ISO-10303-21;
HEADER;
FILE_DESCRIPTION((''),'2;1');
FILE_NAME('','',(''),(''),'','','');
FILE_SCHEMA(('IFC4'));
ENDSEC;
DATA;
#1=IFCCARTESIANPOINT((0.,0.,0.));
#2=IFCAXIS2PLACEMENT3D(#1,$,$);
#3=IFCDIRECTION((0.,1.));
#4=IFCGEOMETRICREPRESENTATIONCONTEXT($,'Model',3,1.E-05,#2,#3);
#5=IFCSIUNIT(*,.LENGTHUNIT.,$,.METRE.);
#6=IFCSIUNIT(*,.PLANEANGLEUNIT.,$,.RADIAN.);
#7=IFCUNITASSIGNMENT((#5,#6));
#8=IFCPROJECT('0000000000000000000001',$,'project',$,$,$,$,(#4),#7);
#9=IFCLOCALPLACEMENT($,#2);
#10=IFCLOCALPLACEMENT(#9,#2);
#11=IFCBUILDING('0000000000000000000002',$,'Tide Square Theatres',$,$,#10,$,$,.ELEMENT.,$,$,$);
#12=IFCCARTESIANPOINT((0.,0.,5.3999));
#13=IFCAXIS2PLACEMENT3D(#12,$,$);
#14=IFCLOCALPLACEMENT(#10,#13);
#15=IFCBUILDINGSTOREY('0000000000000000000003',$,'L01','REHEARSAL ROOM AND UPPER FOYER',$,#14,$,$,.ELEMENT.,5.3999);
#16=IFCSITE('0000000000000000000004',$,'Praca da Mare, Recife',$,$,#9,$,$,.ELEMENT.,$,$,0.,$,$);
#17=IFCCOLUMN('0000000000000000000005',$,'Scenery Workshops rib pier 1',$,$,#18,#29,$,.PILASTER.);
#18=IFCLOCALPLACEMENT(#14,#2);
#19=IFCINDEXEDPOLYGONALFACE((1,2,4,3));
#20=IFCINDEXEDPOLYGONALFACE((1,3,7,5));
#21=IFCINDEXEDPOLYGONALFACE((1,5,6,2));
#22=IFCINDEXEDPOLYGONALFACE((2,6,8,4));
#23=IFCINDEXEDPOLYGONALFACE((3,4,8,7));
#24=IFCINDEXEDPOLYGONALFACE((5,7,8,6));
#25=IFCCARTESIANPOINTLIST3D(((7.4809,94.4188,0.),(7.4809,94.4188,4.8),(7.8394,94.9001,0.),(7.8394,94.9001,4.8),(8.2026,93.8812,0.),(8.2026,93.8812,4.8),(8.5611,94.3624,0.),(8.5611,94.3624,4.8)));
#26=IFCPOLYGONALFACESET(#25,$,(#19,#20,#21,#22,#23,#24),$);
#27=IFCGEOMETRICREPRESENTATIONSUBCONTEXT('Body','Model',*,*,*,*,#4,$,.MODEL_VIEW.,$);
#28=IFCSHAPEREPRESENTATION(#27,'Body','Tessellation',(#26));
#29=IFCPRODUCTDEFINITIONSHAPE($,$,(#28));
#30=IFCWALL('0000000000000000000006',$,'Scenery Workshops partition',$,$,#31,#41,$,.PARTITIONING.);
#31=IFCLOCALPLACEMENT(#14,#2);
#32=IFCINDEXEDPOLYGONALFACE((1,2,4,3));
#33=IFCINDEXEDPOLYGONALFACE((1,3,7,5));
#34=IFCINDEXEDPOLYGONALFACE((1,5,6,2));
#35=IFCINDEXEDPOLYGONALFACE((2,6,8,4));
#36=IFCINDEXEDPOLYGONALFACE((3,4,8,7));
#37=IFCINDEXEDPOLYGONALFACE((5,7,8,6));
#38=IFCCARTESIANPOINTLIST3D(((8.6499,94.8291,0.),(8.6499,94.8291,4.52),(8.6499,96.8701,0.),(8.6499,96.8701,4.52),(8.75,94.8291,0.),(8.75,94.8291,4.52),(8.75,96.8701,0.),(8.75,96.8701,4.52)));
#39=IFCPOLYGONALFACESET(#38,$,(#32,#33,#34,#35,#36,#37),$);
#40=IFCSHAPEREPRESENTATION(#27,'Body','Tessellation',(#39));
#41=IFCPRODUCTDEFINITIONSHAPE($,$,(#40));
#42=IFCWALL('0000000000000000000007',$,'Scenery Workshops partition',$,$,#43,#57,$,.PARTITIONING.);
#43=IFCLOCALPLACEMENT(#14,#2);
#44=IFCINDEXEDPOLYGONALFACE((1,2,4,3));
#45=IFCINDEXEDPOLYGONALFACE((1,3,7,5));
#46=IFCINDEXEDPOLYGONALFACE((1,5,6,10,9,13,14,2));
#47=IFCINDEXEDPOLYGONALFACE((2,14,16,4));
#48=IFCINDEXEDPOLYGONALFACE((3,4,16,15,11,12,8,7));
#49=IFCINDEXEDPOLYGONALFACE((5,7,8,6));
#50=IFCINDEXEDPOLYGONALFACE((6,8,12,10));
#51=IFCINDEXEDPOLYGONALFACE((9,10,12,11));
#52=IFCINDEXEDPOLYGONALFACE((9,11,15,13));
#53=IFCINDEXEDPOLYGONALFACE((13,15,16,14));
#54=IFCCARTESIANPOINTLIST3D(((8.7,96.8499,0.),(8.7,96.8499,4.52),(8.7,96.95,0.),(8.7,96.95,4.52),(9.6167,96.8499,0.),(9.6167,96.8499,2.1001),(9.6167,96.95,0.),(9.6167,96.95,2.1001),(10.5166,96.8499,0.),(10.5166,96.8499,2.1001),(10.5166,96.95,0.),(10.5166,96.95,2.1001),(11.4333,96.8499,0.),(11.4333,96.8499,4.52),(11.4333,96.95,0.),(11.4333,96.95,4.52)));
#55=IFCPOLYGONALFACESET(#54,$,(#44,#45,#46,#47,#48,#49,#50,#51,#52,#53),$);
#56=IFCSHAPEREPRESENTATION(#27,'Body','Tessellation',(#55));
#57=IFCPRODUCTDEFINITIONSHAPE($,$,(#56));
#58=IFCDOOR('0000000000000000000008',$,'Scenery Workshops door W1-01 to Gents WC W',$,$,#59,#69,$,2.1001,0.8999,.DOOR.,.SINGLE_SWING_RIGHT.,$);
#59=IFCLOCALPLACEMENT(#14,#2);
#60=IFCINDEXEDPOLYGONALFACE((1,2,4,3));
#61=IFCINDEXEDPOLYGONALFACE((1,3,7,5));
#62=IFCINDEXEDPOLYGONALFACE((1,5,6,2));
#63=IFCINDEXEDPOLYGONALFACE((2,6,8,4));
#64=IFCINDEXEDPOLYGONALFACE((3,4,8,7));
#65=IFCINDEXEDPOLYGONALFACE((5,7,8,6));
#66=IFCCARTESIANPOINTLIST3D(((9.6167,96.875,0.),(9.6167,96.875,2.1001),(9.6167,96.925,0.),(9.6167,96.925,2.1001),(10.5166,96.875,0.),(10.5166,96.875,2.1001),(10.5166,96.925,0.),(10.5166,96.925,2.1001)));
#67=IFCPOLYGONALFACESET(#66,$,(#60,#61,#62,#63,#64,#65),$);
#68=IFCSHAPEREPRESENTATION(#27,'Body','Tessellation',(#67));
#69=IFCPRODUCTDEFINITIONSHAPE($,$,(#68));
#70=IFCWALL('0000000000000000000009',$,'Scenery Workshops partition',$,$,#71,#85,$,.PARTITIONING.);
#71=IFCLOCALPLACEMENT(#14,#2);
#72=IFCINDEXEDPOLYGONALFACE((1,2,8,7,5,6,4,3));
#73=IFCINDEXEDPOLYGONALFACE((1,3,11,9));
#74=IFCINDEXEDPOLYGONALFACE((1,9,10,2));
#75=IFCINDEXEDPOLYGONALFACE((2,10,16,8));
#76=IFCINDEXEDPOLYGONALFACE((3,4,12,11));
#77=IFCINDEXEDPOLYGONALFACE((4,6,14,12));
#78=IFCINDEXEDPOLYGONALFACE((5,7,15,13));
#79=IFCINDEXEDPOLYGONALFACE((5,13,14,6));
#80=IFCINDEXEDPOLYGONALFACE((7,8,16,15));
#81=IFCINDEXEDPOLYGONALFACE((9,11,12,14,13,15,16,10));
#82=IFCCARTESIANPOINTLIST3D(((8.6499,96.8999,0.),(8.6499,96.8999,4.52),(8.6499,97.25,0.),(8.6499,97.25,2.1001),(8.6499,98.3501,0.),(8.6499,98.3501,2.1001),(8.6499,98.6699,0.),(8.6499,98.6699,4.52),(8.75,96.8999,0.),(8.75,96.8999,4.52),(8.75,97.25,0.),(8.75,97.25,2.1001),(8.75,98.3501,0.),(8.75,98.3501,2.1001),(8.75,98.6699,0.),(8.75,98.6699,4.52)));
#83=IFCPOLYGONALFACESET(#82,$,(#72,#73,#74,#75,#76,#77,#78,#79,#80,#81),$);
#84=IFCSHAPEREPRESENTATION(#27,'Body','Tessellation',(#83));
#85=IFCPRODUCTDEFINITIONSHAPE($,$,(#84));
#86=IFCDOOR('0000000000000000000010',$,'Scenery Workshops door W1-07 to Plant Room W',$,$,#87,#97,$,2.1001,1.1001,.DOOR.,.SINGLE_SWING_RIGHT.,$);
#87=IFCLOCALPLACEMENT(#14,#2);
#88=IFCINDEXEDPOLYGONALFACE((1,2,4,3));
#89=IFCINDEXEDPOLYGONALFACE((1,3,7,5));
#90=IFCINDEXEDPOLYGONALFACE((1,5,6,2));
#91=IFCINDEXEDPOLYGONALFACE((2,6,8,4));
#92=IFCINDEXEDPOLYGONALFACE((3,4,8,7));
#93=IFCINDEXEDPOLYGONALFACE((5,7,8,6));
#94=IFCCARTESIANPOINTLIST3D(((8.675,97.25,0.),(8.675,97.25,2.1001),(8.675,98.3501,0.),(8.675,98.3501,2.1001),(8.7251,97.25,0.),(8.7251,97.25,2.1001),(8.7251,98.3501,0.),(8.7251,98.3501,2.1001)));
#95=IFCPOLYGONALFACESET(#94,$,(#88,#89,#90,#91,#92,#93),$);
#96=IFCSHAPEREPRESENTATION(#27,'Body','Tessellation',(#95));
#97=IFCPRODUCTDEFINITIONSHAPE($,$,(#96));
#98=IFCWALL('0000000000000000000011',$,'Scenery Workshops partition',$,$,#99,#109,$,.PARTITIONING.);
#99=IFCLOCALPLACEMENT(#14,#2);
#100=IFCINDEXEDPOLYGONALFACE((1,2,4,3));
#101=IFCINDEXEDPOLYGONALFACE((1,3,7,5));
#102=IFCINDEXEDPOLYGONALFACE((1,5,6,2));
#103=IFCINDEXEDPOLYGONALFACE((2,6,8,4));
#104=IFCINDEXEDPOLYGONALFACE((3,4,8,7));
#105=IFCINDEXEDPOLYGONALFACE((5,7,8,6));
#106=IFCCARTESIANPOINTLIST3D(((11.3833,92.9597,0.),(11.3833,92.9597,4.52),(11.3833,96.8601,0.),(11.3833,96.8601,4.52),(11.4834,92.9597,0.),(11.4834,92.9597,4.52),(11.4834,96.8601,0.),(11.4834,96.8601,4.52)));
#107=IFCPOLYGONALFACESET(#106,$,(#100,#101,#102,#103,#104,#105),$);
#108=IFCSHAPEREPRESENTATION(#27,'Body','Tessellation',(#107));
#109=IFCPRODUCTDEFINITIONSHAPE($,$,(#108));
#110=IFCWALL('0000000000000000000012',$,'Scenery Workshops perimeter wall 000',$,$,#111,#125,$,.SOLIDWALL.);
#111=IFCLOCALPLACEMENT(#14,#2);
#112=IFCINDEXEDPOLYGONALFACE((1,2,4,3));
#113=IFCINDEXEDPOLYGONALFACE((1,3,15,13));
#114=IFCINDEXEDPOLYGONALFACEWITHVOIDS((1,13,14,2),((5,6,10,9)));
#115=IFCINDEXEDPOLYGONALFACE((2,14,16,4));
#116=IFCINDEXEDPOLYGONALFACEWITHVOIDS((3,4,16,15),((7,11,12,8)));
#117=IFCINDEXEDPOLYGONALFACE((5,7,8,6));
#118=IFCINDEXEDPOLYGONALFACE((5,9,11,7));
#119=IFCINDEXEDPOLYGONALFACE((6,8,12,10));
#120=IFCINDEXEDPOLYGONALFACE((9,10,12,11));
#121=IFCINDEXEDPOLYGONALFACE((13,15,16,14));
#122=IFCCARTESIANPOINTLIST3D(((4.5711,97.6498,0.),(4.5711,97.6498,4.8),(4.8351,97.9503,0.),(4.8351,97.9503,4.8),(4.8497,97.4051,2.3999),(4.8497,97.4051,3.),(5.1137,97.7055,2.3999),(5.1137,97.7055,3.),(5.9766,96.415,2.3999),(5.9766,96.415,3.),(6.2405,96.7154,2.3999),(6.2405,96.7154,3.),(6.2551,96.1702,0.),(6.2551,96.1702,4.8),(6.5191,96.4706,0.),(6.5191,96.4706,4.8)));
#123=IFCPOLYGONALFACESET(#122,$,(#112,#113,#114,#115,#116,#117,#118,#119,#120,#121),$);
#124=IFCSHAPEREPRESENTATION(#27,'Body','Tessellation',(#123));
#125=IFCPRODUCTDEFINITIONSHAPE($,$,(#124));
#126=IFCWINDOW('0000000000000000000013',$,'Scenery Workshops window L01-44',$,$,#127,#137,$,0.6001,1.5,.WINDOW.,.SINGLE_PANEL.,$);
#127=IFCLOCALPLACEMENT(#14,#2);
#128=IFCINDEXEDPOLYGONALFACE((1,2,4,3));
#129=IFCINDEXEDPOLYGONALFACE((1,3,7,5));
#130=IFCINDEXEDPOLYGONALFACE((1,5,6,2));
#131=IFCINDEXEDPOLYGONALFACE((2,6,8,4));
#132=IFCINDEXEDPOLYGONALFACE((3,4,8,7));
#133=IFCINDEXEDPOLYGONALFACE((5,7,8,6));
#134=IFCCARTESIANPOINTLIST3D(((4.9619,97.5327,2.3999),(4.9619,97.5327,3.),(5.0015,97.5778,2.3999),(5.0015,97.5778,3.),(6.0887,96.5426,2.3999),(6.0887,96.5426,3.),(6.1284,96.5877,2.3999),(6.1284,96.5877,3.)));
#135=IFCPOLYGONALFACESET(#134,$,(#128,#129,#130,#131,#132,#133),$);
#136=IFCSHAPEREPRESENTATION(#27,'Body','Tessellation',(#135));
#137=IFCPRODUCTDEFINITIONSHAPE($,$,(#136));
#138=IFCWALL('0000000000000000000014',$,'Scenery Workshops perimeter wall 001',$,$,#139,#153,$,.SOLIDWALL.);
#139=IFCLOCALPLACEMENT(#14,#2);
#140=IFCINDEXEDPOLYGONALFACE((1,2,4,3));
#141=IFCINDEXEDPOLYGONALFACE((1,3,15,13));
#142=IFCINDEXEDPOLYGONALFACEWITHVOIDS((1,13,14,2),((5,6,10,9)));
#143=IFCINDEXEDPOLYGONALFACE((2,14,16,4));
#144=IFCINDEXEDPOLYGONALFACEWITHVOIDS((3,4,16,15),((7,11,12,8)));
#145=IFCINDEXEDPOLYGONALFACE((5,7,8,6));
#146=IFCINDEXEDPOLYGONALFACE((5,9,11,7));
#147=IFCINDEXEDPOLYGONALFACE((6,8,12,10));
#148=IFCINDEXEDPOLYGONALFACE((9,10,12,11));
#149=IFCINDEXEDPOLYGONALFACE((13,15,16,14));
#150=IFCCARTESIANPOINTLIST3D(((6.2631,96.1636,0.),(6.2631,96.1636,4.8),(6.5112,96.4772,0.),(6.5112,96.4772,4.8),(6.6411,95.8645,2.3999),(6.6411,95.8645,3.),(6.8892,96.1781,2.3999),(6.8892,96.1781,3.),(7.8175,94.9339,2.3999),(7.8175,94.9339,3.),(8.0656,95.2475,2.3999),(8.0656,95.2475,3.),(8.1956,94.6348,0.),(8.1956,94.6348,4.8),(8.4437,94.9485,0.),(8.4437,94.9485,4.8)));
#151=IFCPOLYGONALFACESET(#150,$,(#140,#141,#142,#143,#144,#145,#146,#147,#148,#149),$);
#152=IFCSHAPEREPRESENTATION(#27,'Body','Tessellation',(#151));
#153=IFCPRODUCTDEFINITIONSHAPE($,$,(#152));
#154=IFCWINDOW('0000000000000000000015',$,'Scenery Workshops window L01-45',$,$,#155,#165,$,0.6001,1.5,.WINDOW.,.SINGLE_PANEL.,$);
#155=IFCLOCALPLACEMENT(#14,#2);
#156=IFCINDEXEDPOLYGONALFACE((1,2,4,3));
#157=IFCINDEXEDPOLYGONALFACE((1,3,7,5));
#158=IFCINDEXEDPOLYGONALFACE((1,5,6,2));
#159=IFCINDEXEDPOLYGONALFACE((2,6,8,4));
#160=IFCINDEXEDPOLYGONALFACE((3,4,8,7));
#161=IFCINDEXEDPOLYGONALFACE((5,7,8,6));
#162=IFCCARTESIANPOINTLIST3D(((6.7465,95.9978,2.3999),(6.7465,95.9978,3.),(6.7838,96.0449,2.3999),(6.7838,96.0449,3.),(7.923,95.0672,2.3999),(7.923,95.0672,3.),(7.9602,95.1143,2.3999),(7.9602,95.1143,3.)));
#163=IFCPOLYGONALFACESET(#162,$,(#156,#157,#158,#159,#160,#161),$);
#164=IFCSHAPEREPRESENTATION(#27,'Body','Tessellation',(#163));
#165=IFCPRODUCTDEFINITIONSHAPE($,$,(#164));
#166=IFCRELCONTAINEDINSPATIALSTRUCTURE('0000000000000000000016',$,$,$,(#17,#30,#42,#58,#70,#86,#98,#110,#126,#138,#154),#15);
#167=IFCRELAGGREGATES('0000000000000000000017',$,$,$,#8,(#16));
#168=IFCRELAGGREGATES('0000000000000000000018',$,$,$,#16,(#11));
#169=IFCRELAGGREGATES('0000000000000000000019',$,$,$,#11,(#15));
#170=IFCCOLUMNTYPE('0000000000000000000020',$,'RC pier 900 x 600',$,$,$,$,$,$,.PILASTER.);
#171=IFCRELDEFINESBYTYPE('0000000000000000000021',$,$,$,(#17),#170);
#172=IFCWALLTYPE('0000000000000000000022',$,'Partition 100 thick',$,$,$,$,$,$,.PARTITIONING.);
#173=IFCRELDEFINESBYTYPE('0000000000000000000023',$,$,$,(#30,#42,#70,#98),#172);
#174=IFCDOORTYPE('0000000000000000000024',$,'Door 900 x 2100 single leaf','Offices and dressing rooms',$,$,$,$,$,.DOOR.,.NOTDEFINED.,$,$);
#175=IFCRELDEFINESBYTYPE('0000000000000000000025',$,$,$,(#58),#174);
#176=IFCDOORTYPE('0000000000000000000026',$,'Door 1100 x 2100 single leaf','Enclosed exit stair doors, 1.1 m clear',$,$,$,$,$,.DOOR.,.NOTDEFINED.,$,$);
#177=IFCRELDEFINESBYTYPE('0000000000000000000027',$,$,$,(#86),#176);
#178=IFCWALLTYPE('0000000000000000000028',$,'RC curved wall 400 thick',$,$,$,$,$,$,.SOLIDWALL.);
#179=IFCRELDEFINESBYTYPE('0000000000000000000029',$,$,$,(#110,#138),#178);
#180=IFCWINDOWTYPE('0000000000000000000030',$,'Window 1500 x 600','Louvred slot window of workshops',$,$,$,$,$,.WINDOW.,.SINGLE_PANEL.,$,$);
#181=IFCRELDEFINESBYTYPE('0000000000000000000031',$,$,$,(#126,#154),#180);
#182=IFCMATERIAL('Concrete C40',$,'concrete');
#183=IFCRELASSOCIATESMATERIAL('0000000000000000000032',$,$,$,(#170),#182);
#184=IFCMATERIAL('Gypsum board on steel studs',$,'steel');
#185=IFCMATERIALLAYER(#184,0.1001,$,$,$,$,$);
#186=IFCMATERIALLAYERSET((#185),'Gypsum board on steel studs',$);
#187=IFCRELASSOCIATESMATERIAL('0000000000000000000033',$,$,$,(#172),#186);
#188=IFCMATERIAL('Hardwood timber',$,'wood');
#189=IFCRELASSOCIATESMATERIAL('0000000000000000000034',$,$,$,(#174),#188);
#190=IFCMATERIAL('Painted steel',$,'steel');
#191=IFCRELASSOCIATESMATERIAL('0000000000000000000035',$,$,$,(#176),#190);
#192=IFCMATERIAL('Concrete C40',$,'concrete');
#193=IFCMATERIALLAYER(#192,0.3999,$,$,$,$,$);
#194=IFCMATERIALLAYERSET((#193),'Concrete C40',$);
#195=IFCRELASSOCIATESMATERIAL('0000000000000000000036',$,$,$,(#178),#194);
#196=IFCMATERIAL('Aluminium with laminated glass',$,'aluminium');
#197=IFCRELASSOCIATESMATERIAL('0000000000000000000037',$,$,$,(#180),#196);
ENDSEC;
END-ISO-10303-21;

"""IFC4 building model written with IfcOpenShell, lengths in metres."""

from ifc_helpers import new_model, si_unit, direction, frame, frame_2d, origin, origin_2d, place, context, subcontext, project, spatial, rectangle, extrude, material, layer, layer_set, material_profile, profile_set, type_object, element, fill, save


model = new_model("IFC4")

# Units and contexts
model_context = context("Model", 3, precision=1e-05, world=origin(), true_north=direction((0.0, 1.0)))
body_context = subcontext(model_context, "Body", "Model", "MODEL_VIEW")
ifc_project = project(units=[si_unit("LENGTHUNIT", "METRE"), si_unit("PLANEANGLEUNIT", "RADIAN")], contexts=[model_context])

# Site, building, storey
site_placement = place(None, origin())
site = spatial("IfcSite", under=ifc_project, at=site_placement, Name="Praca da Mare, Recife", CompositionType="ELEMENT", RefElevation=0.0)
building_placement = place(site_placement, origin())
building = spatial("IfcBuilding", under=site, at=building_placement, Name="Tide Square Theatres", CompositionType="ELEMENT")
storey_placement = place(building_placement, frame((0.0, 0.0, 5.3999)))
storey = spatial("IfcBuildingStorey", under=building, at=storey_placement, Name="L01", Description="REHEARSAL ROOM AND UPPER FOYER", CompositionType="ELEMENT", Elevation=5.3999)

# Column
ifc_material_1 = material(Name="Concrete C40", Category="concrete")
ifc_material_profile = material_profile(ifc_material_1, rectangle(XDim=0.8999, YDim=0.6001, at=origin_2d()))
ifc_profile_set = profile_set([ifc_material_profile], Name="Concrete C40")
column_type = type_object("IfcColumnType", Name="RC pier 900 x 600", PredefinedType="PILASTER", material=ifc_profile_set)
column_placement = place(storey_placement, frame((8.021, 94.3906, 0.0), z_axis=(0.0, 0.0, 1.0), x_axis=(0.801928, -0.597421, 0.0)))
element("IfcColumn", 1, at=column_placement, inside=storey, type_object=column_type, Name="Scenery Workshops rib pier 1", PredefinedType="PILASTER", context=body_context, shape_type="SweptSolid", body=[
    extrude(rectangle(XDim=0.8999, YDim=0.6001, at=origin_2d()), origin(), (0.0, 0.0, 1.0), 4.8),
])

# Wall
ifc_material_2 = material(Name="Gypsum board on steel studs", Category="steel")
ifc_layer_1 = layer(ifc_material_2, 0.1001)
ifc_layer_set_1 = layer_set([ifc_layer_1], Name="Gypsum board on steel studs")
wall_type_1 = type_object("IfcWallType", Name="Partition 100 thick", PredefinedType="PARTITIONING", material=ifc_layer_set_1)
wall_1_placement = place(storey_placement, frame((8.7, 94.8291, 0.0), z_axis=(0.0, 0.0, 1.0), x_axis=(0.0, 1.0, 0.0)))
element("IfcWall", 2, at=wall_1_placement, inside=storey, type_object=wall_type_1, Name="Scenery Workshops partition", PredefinedType="PARTITIONING", context=body_context, shape_type="SweptSolid", body=[
    extrude(rectangle(XDim=2.041, YDim=0.1001, at=frame_2d((1.0205, 0.0))), origin(), (0.0, 0.0, 1.0), 4.52),
])

# Walls, openings, doors
wall_2_placement = place(storey_placement, frame((11.4333, 96.8999, 0.0), z_axis=(0.0, 0.0, 1.0), x_axis=(-1.0, 0.0, 0.0)))
wall_2 = element("IfcWall", 3, at=wall_2_placement, inside=storey, type_object=wall_type_1, Name="Scenery Workshops partition", PredefinedType="PARTITIONING", context=body_context, shape_type="SweptSolid", body=[
    extrude(rectangle(XDim=2.7334, YDim=0.1001, at=frame_2d((1.3667, 0.0))), origin(), (0.0, 0.0, 1.0), 4.52),
])
opening_1_placement = place(wall_2_placement, frame((0.9167, 0.0, 0.0)))
opening_1 = element("IfcOpeningElement", 4, at=opening_1_placement, cuts=wall_2, PredefinedType="OPENING", context=body_context, shape_type="SweptSolid", body=[
    extrude(rectangle(XDim=0.8999, YDim=2.1001, at=frame_2d((0.45, 1.05))), frame((0.0, 0.0601, 0.0), z_axis=(0.0, -1.0, 0.0), x_axis=(1.0, 0.0, 0.0)), (0.0, 0.0, 1.0), 0.1201),
])
ifc_material_3 = material(Name="Hardwood timber", Category="wood")
door_type_1 = type_object("IfcDoorType", Name="Door 900 x 2100 single leaf", Description="Offices and dressing rooms", OperationType="NOTDEFINED", PredefinedType="DOOR", material=ifc_material_3)
door_1_placement = place(opening_1_placement, origin())
door_1 = element("IfcDoor", 5, at=door_1_placement, inside=storey, type_object=door_type_1, Name="Scenery Workshops door W1-01 to Gents WC W", OperationType="SINGLE_SWING_RIGHT", OverallHeight=2.1001, OverallWidth=0.8999, PredefinedType="DOOR", context=body_context, shape_type="SweptSolid", body=[
    extrude(rectangle(XDim=0.8999, YDim=2.1001, at=frame_2d((0.45, 1.05))), frame((0.0, 0.0249, 0.0), z_axis=(0.0, -1.0, 0.0), x_axis=(1.0, 0.0, 0.0)), (0.0, 0.0, 1.0), 0.05),
])
fill(opening_1, door_1)
wall_3_placement = place(storey_placement, frame((8.7, 96.8999, 0.0), z_axis=(0.0, 0.0, 1.0), x_axis=(0.0, 1.0, 0.0)))
wall_3 = element("IfcWall", 6, at=wall_3_placement, inside=storey, type_object=wall_type_1, Name="Scenery Workshops partition", PredefinedType="PARTITIONING", context=body_context, shape_type="SweptSolid", body=[
    extrude(rectangle(XDim=1.77, YDim=0.1001, at=frame_2d((0.885, 0.0))), origin(), (0.0, 0.0, 1.0), 4.52),
])
opening_2_placement = place(wall_3_placement, frame((0.3501, 0.0, 0.0)))
opening_2 = element("IfcOpeningElement", 7, at=opening_2_placement, cuts=wall_3, PredefinedType="OPENING", context=body_context, shape_type="SweptSolid", body=[
    extrude(rectangle(XDim=1.1001, YDim=2.1001, at=frame_2d((0.55, 1.05))), frame((0.0, 0.0601, 0.0), z_axis=(0.0, -1.0, 0.0), x_axis=(1.0, 0.0, 0.0)), (0.0, 0.0, 1.0), 0.1201),
])
ifc_material_4 = material(Name="Painted steel", Category="steel")
door_type_2 = type_object("IfcDoorType", Name="Door 1100 x 2100 single leaf", Description="Enclosed exit stair doors, 1.1 m clear", OperationType="NOTDEFINED", PredefinedType="DOOR", material=ifc_material_4)
door_2_placement = place(opening_2_placement, origin())
door_2 = element("IfcDoor", 8, at=door_2_placement, inside=storey, type_object=door_type_2, Name="Scenery Workshops door W1-07 to Plant Room W", OperationType="SINGLE_SWING_RIGHT", OverallHeight=2.1001, OverallWidth=1.1001, PredefinedType="DOOR", context=body_context, shape_type="SweptSolid", body=[
    extrude(rectangle(XDim=1.1001, YDim=2.1001, at=frame_2d((0.55, 1.05))), frame((0.0, 0.0249, 0.0), z_axis=(0.0, -1.0, 0.0), x_axis=(1.0, 0.0, 0.0)), (0.0, 0.0, 1.0), 0.05),
])
fill(opening_2, door_2)

# Wall
wall_4_placement = place(storey_placement, frame((11.4333, 96.8601, 0.0), z_axis=(0.0, 0.0, 1.0), x_axis=(0.0, -1.0, 0.0)))
element("IfcWall", 9, at=wall_4_placement, inside=storey, type_object=wall_type_1, Name="Scenery Workshops partition", PredefinedType="PARTITIONING", context=body_context, shape_type="SweptSolid", body=[
    extrude(rectangle(XDim=3.9004, YDim=0.1001, at=frame_2d((1.9502, 0.0))), origin(), (0.0, 0.0, 1.0), 4.52),
])

# Walls, openings, windows
ifc_material_5 = material(Name="Concrete C40", Category="concrete")
ifc_layer_2 = layer(ifc_material_5, 0.3999)
ifc_layer_set_2 = layer_set([ifc_layer_2], Name="Concrete C40")
wall_type_2 = type_object("IfcWallType", Name="RC curved wall 400 thick", PredefinedType="SOLIDWALL", material=ifc_layer_set_2)
wall_5_placement = place(storey_placement, frame((4.7031, 97.8, 0.0), z_axis=(0.0, 0.0, 1.0), x_axis=(0.751212, -0.660061, 0.0)))
wall_5 = element("IfcWall", 10, at=wall_5_placement, inside=storey, type_object=wall_type_2, Name="Scenery Workshops perimeter wall 000", PredefinedType="SOLIDWALL", context=body_context, shape_type="SweptSolid", body=[
    extrude(rectangle(XDim=2.2417, YDim=0.3999, at=frame_2d((1.1208, 0.0))), origin(), (0.0, 0.0, 1.0), 4.8),
])
opening_3_placement = place(wall_5_placement, frame((0.3708, 0.0, 2.3999)))
opening_3 = element("IfcOpeningElement", 11, at=opening_3_placement, cuts=wall_5, PredefinedType="OPENING", context=body_context, shape_type="SweptSolid", body=[
    extrude(rectangle(XDim=1.5, YDim=0.6001, at=frame_2d((0.75, 0.3))), frame((0.0, 0.21, 0.0), z_axis=(0.0, -1.0, 0.0), x_axis=(1.0, 0.0, 0.0)), (0.0, 0.0, 1.0), 0.4199),
])
ifc_material_6 = material(Name="Aluminium with laminated glass", Category="aluminium")
window_type_1 = type_object("IfcWindowType", Name="Window 1500 x 600", Description="Louvred slot window of workshops", PartitioningType="SINGLE_PANEL", PredefinedType="WINDOW", material=ifc_material_6)
window_1_placement = place(opening_3_placement, origin())
window_1 = element("IfcWindow", 12, at=window_1_placement, inside=storey, type_object=window_type_1, Name="Scenery Workshops window L01-44", OverallHeight=0.6001, OverallWidth=1.5, PartitioningType="SINGLE_PANEL", PredefinedType="WINDOW", context=body_context, shape_type="SweptSolid", body=[
    extrude(rectangle(XDim=1.5, YDim=0.6001, at=frame_2d((0.75, 0.3))), frame((0.0, 0.03, 0.0), z_axis=(0.0, -1.0, 0.0), x_axis=(1.0, 0.0, 0.0)), (0.0, 0.0, 1.0), 0.0601),
])
fill(opening_3, window_1)
wall_6_placement = place(storey_placement, frame((6.3872, 96.3203, 0.0), z_axis=(0.0, 0.0, 1.0), x_axis=(0.784279, -0.620409, 0.0)))
wall_6 = element("IfcWall", 13, at=wall_6_placement, inside=storey, type_object=wall_type_2, Name="Scenery Workshops perimeter wall 001", PredefinedType="SOLIDWALL", context=body_context, shape_type="SweptSolid", body=[
    extrude(rectangle(XDim=2.4641, YDim=0.3999, at=frame_2d((1.2319, 0.0))), origin(), (0.0, 0.0, 1.0), 4.8),
])
opening_4_placement = place(wall_6_placement, frame((0.4819, 0.0, 2.3999)))
opening_4 = element("IfcOpeningElement", 14, at=opening_4_placement, cuts=wall_6, PredefinedType="OPENING", context=body_context, shape_type="SweptSolid", body=[
    extrude(rectangle(XDim=1.5, YDim=0.6001, at=frame_2d((0.75, 0.3))), frame((0.0, 0.21, 0.0), z_axis=(0.0, -1.0, 0.0), x_axis=(1.0, 0.0, 0.0)), (0.0, 0.0, 1.0), 0.4199),
])
window_2_placement = place(opening_4_placement, origin())
window_2 = element("IfcWindow", 15, at=window_2_placement, inside=storey, type_object=window_type_1, Name="Scenery Workshops window L01-45", OverallHeight=0.6001, OverallWidth=1.5, PartitioningType="SINGLE_PANEL", PredefinedType="WINDOW", context=body_context, shape_type="SweptSolid", body=[
    extrude(rectangle(XDim=1.5, YDim=0.6001, at=frame_2d((0.75, 0.3))), frame((0.0, 0.03, 0.0), z_axis=(0.0, -1.0, 0.0), x_axis=(1.0, 0.0, 0.0)), (0.0, 0.0, 1.0), 0.0601),
])
fill(opening_4, window_2)

save(model, "model.ifc")
